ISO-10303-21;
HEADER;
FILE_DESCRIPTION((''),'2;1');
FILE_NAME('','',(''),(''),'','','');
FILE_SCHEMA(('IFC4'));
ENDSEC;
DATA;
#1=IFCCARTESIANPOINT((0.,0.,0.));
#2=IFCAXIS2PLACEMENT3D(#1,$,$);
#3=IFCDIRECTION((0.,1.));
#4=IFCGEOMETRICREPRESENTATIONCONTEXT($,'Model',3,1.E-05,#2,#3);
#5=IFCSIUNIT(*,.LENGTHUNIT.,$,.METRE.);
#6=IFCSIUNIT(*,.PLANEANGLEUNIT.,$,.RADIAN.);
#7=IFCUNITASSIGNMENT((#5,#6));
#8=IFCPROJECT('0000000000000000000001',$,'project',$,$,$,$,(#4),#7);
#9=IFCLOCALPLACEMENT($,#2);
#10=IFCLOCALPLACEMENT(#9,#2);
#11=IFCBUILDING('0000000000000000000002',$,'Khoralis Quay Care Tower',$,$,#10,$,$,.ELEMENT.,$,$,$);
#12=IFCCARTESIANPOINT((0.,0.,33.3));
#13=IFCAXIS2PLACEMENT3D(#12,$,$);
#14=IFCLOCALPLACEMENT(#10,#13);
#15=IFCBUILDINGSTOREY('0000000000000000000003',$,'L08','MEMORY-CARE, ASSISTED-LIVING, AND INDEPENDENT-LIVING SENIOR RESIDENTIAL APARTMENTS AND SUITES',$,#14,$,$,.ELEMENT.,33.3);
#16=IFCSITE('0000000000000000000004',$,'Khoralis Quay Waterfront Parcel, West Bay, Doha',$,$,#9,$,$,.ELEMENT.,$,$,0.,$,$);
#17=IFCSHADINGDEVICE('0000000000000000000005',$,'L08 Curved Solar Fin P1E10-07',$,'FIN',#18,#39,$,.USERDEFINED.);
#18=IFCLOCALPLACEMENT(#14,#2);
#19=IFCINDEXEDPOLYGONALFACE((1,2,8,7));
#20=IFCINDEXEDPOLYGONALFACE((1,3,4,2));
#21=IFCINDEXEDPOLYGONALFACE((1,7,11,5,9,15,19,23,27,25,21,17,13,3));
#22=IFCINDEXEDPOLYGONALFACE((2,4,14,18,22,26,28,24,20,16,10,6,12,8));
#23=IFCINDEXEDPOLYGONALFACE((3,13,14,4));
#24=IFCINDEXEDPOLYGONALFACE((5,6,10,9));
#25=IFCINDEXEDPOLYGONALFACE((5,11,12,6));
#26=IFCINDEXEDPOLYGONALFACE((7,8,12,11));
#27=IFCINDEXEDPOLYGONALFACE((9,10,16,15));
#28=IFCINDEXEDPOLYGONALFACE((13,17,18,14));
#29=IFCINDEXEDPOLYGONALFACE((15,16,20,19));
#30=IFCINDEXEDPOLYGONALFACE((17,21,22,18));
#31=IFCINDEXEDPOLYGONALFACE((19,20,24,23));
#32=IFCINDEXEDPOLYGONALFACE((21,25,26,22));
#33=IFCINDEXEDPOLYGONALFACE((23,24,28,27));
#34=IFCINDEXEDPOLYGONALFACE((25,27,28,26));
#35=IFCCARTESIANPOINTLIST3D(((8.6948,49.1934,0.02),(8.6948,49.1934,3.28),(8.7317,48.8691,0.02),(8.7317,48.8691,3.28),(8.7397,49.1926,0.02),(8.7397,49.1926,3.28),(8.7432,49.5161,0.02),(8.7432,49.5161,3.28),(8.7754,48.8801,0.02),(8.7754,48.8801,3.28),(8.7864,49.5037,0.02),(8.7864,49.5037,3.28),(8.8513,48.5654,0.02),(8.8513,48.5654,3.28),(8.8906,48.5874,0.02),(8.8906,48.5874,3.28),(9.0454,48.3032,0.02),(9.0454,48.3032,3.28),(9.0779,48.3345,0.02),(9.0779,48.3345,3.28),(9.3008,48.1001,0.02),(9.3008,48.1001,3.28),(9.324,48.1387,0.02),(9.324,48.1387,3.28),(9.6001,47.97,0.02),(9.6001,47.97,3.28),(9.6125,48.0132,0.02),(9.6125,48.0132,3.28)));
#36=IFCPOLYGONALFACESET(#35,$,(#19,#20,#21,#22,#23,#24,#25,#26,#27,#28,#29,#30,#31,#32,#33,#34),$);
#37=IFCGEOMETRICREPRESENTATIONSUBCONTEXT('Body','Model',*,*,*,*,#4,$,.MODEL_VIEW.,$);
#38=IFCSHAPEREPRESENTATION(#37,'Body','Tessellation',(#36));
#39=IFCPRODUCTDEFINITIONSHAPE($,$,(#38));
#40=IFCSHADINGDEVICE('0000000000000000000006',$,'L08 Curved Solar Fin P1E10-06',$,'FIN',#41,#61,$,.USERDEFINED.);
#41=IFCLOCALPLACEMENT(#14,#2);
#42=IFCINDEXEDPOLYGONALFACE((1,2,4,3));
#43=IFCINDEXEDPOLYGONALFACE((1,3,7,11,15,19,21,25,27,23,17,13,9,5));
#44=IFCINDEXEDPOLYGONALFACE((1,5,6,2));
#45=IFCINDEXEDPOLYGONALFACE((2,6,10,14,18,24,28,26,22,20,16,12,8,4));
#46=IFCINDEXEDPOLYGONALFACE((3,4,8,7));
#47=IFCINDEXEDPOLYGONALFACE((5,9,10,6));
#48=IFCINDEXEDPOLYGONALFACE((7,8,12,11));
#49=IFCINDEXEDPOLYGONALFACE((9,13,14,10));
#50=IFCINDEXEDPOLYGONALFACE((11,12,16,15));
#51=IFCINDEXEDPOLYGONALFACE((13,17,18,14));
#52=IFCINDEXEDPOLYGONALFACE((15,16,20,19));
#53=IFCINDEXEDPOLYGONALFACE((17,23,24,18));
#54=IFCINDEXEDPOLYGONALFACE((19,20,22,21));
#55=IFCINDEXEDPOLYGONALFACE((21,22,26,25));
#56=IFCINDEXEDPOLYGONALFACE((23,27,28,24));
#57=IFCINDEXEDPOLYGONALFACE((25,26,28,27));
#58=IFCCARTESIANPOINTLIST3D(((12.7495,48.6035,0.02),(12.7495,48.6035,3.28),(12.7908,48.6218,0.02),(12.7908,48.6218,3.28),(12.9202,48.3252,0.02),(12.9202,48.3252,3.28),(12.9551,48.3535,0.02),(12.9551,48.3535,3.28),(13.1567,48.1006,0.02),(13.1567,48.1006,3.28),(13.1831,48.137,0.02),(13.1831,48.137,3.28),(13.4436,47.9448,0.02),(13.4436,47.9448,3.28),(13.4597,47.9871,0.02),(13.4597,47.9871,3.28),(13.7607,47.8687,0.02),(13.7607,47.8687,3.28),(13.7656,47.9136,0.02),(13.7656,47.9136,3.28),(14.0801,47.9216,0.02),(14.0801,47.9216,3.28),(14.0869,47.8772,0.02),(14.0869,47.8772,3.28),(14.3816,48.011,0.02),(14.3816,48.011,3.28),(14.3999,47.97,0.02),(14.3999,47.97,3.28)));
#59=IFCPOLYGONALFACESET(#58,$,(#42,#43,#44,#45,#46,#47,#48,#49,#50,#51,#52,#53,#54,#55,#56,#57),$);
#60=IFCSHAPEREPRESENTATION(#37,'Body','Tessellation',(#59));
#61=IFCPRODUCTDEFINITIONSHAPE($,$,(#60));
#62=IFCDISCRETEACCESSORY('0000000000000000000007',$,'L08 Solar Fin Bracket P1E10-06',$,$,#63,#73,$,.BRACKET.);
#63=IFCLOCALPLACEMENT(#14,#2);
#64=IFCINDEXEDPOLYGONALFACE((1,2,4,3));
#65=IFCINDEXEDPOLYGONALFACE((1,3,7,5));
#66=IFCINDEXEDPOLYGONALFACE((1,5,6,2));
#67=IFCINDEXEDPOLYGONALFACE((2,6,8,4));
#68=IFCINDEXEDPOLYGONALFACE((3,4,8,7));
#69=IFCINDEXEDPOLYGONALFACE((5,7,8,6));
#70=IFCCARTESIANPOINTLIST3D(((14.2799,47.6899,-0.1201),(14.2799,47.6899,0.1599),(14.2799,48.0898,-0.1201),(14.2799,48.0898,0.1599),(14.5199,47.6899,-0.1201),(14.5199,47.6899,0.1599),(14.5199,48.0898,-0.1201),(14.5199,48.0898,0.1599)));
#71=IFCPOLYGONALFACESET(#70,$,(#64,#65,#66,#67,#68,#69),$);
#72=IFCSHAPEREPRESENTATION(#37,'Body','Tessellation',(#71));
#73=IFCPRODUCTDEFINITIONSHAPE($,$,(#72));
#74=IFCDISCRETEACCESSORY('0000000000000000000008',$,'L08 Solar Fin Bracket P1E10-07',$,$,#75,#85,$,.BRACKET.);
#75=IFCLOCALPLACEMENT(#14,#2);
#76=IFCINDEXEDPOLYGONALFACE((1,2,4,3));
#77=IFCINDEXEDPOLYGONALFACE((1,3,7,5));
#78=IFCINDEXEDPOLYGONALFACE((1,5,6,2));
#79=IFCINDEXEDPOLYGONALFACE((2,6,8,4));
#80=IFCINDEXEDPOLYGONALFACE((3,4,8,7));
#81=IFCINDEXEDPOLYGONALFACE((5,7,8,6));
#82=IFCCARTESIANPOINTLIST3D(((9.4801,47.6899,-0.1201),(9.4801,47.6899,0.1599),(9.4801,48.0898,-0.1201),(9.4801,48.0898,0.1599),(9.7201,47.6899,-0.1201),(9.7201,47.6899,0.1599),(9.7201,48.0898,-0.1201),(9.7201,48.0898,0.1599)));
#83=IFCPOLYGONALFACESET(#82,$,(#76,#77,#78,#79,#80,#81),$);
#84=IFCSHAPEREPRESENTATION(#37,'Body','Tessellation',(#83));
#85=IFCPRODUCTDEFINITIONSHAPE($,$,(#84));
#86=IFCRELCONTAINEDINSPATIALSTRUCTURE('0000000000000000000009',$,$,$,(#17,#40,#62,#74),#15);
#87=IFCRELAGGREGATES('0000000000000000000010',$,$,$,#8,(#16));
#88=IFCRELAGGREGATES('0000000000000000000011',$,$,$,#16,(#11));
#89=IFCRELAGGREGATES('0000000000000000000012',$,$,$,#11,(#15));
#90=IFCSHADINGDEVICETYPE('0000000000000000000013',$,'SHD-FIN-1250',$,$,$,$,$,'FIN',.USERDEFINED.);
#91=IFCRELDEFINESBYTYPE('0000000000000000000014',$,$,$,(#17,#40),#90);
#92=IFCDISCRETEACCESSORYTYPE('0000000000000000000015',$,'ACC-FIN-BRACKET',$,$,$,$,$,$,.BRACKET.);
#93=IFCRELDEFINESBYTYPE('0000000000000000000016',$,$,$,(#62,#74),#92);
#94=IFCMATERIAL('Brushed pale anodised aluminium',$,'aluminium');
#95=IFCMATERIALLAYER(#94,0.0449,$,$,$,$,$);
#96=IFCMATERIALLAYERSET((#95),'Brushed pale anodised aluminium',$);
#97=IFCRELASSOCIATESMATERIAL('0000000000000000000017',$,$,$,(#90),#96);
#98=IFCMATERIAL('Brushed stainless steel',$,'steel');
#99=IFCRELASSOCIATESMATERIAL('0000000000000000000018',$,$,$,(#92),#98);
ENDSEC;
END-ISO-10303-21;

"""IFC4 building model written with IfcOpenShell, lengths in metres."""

from ifc_helpers import new_model, si_unit, direction, frame, origin, origin_2d, place, context, subcontext, project, spatial, polyline, rectangle, outline, extrude, source, transform, mapped, material, layer, layer_set, type_object, element, save


model = new_model("IFC4")

# Units and contexts
model_context = context("Model", 3, precision=1e-05, world=origin(), true_north=direction((0.0, 1.0)))
body_context = subcontext(model_context, "Body", "Model", "MODEL_VIEW")
ifc_project = project(units=[si_unit("LENGTHUNIT", "METRE"), si_unit("PLANEANGLEUNIT", "RADIAN")], contexts=[model_context])

# Site, building, storey
site_placement = place(None, origin())
site = spatial("IfcSite", under=ifc_project, at=site_placement, Name="Khoralis Quay Waterfront Parcel, West Bay, Doha", CompositionType="ELEMENT", RefElevation=0.0)
building_placement = place(site_placement, origin())
building = spatial("IfcBuilding", under=site, at=building_placement, Name="Khoralis Quay Care Tower", CompositionType="ELEMENT")
storey_placement = place(building_placement, frame((0.0, 0.0, 33.3)))
storey = spatial("IfcBuildingStorey", under=building, at=storey_placement, Name="L08", Description="MEMORY-CARE, ASSISTED-LIVING, AND INDEPENDENT-LIVING SENIOR RESIDENTIAL APARTMENTS AND SUITES", CompositionType="ELEMENT", Elevation=33.3)

# Shading devices
ifc_material_1 = material(Name="Brushed pale anodised aluminium", Category="aluminium")
ifc_layer_1 = layer(ifc_material_1, 0.0449)
ifc_layer_set_1 = layer_set([ifc_layer_1], Name="Brushed pale anodised aluminium")
shading_device_type = type_object("IfcShadingDeviceType", Name="SHD-FIN-1250", ElementType="FIN", PredefinedType="USERDEFINED", material=ifc_layer_set_1)
shared_shape_1 = source(origin(), body_context, "Body", "SweptSolid", [
    extrude(outline(polyline([(0.0, 0.0), (0.1301, 0.2993), (0.3333, 0.5547), (0.5955, 0.7488), (0.8992, 0.8684), (1.2234, 0.9053), (1.5461, 0.8569), (1.5337, 0.8137), (1.2227, 0.8604), (0.9102, 0.8247), (0.6174, 0.7095), (0.3645, 0.5222), (0.1687, 0.2761), (0.0432, -0.0125), (0.0, 0.0)])), origin(), (0.0, 0.0, 1.0), 3.26),
])
shading_device_1_placement = place(storey_placement, frame((9.6001, 47.97, 0.02), z_axis=(0.0, 0.0, 1.0), x_axis=(0.0, 1.0, 0.0)))
element("IfcShadingDevice", 1, at=shading_device_1_placement, inside=storey, type_object=shading_device_type, Name="L08 Curved Solar Fin P1E10-07", ObjectType="FIN", PredefinedType="USERDEFINED", context=body_context, shape_type="MappedRepresentation", body=[
    mapped(shared_shape_1, transform((0.0, 0.0, 0.0), scale=1.0)),
])
shared_shape_2 = source(origin(), body_context, "Body", "SweptSolid", [
    extrude(outline(polyline([(0.0, 0.0), (-0.0928, 0.313), (-0.1013, 0.6392), (-0.0251, 0.9563), (0.1306, 1.2432), (0.3552, 1.4797), (0.6335, 1.6504), (0.6519, 1.6091), (0.3835, 1.4448), (0.167, 1.2168), (0.0171, 0.9402), (-0.0564, 0.6343), (-0.0483, 0.3198), (0.041, 0.0183), (0.0, 0.0)])), origin(), (0.0, 0.0, 1.0), 3.26),
])
shading_device_2_placement = place(storey_placement, frame((14.3999, 47.97, 0.02), z_axis=(0.0, 0.0, 1.0), x_axis=(0.0, 1.0, 0.0)))
element("IfcShadingDevice", 2, at=shading_device_2_placement, inside=storey, type_object=shading_device_type, Name="L08 Curved Solar Fin P1E10-06", ObjectType="FIN", PredefinedType="USERDEFINED", context=body_context, shape_type="MappedRepresentation", body=[
    mapped(shared_shape_2, transform((0.0, 0.0, 0.0), scale=1.0)),
])

# Discrete accessories
ifc_material_2 = material(Name="Brushed stainless steel", Category="steel")
discrete_accessory_type = type_object("IfcDiscreteAccessoryType", Name="ACC-FIN-BRACKET", PredefinedType="BRACKET", material=ifc_material_2)
shared_shape_3 = source(origin(), body_context, "Body", "SweptSolid", [
    extrude(rectangle(XDim=0.3999, YDim=0.24, at=origin_2d()), origin(), (0.0, 0.0, 1.0), 0.28),
])
for number, where, z_axis, x_axis, name in (
    (3, (14.3999, 47.8899, -0.1201), (0.0, 0.0, 1.0), (0.0, 1.0, 0.0), "L08 Solar Fin Bracket P1E10-06"),
    (4, (9.6001, 47.8899, -0.1201), (0.0, 0.0, 1.0), (0.0, 1.0, 0.0), "L08 Solar Fin Bracket P1E10-07"),
):
    element("IfcDiscreteAccessory", number, at=place(storey_placement, frame(where, z_axis=z_axis, x_axis=x_axis)), inside=storey, type_object=discrete_accessory_type, Name=name, PredefinedType="BRACKET", context=body_context, shape_type="MappedRepresentation", body=[
        mapped(shared_shape_3, transform((0.0, 0.0, 0.0), scale=1.0)),
    ])

save(model, "model.ifc")
